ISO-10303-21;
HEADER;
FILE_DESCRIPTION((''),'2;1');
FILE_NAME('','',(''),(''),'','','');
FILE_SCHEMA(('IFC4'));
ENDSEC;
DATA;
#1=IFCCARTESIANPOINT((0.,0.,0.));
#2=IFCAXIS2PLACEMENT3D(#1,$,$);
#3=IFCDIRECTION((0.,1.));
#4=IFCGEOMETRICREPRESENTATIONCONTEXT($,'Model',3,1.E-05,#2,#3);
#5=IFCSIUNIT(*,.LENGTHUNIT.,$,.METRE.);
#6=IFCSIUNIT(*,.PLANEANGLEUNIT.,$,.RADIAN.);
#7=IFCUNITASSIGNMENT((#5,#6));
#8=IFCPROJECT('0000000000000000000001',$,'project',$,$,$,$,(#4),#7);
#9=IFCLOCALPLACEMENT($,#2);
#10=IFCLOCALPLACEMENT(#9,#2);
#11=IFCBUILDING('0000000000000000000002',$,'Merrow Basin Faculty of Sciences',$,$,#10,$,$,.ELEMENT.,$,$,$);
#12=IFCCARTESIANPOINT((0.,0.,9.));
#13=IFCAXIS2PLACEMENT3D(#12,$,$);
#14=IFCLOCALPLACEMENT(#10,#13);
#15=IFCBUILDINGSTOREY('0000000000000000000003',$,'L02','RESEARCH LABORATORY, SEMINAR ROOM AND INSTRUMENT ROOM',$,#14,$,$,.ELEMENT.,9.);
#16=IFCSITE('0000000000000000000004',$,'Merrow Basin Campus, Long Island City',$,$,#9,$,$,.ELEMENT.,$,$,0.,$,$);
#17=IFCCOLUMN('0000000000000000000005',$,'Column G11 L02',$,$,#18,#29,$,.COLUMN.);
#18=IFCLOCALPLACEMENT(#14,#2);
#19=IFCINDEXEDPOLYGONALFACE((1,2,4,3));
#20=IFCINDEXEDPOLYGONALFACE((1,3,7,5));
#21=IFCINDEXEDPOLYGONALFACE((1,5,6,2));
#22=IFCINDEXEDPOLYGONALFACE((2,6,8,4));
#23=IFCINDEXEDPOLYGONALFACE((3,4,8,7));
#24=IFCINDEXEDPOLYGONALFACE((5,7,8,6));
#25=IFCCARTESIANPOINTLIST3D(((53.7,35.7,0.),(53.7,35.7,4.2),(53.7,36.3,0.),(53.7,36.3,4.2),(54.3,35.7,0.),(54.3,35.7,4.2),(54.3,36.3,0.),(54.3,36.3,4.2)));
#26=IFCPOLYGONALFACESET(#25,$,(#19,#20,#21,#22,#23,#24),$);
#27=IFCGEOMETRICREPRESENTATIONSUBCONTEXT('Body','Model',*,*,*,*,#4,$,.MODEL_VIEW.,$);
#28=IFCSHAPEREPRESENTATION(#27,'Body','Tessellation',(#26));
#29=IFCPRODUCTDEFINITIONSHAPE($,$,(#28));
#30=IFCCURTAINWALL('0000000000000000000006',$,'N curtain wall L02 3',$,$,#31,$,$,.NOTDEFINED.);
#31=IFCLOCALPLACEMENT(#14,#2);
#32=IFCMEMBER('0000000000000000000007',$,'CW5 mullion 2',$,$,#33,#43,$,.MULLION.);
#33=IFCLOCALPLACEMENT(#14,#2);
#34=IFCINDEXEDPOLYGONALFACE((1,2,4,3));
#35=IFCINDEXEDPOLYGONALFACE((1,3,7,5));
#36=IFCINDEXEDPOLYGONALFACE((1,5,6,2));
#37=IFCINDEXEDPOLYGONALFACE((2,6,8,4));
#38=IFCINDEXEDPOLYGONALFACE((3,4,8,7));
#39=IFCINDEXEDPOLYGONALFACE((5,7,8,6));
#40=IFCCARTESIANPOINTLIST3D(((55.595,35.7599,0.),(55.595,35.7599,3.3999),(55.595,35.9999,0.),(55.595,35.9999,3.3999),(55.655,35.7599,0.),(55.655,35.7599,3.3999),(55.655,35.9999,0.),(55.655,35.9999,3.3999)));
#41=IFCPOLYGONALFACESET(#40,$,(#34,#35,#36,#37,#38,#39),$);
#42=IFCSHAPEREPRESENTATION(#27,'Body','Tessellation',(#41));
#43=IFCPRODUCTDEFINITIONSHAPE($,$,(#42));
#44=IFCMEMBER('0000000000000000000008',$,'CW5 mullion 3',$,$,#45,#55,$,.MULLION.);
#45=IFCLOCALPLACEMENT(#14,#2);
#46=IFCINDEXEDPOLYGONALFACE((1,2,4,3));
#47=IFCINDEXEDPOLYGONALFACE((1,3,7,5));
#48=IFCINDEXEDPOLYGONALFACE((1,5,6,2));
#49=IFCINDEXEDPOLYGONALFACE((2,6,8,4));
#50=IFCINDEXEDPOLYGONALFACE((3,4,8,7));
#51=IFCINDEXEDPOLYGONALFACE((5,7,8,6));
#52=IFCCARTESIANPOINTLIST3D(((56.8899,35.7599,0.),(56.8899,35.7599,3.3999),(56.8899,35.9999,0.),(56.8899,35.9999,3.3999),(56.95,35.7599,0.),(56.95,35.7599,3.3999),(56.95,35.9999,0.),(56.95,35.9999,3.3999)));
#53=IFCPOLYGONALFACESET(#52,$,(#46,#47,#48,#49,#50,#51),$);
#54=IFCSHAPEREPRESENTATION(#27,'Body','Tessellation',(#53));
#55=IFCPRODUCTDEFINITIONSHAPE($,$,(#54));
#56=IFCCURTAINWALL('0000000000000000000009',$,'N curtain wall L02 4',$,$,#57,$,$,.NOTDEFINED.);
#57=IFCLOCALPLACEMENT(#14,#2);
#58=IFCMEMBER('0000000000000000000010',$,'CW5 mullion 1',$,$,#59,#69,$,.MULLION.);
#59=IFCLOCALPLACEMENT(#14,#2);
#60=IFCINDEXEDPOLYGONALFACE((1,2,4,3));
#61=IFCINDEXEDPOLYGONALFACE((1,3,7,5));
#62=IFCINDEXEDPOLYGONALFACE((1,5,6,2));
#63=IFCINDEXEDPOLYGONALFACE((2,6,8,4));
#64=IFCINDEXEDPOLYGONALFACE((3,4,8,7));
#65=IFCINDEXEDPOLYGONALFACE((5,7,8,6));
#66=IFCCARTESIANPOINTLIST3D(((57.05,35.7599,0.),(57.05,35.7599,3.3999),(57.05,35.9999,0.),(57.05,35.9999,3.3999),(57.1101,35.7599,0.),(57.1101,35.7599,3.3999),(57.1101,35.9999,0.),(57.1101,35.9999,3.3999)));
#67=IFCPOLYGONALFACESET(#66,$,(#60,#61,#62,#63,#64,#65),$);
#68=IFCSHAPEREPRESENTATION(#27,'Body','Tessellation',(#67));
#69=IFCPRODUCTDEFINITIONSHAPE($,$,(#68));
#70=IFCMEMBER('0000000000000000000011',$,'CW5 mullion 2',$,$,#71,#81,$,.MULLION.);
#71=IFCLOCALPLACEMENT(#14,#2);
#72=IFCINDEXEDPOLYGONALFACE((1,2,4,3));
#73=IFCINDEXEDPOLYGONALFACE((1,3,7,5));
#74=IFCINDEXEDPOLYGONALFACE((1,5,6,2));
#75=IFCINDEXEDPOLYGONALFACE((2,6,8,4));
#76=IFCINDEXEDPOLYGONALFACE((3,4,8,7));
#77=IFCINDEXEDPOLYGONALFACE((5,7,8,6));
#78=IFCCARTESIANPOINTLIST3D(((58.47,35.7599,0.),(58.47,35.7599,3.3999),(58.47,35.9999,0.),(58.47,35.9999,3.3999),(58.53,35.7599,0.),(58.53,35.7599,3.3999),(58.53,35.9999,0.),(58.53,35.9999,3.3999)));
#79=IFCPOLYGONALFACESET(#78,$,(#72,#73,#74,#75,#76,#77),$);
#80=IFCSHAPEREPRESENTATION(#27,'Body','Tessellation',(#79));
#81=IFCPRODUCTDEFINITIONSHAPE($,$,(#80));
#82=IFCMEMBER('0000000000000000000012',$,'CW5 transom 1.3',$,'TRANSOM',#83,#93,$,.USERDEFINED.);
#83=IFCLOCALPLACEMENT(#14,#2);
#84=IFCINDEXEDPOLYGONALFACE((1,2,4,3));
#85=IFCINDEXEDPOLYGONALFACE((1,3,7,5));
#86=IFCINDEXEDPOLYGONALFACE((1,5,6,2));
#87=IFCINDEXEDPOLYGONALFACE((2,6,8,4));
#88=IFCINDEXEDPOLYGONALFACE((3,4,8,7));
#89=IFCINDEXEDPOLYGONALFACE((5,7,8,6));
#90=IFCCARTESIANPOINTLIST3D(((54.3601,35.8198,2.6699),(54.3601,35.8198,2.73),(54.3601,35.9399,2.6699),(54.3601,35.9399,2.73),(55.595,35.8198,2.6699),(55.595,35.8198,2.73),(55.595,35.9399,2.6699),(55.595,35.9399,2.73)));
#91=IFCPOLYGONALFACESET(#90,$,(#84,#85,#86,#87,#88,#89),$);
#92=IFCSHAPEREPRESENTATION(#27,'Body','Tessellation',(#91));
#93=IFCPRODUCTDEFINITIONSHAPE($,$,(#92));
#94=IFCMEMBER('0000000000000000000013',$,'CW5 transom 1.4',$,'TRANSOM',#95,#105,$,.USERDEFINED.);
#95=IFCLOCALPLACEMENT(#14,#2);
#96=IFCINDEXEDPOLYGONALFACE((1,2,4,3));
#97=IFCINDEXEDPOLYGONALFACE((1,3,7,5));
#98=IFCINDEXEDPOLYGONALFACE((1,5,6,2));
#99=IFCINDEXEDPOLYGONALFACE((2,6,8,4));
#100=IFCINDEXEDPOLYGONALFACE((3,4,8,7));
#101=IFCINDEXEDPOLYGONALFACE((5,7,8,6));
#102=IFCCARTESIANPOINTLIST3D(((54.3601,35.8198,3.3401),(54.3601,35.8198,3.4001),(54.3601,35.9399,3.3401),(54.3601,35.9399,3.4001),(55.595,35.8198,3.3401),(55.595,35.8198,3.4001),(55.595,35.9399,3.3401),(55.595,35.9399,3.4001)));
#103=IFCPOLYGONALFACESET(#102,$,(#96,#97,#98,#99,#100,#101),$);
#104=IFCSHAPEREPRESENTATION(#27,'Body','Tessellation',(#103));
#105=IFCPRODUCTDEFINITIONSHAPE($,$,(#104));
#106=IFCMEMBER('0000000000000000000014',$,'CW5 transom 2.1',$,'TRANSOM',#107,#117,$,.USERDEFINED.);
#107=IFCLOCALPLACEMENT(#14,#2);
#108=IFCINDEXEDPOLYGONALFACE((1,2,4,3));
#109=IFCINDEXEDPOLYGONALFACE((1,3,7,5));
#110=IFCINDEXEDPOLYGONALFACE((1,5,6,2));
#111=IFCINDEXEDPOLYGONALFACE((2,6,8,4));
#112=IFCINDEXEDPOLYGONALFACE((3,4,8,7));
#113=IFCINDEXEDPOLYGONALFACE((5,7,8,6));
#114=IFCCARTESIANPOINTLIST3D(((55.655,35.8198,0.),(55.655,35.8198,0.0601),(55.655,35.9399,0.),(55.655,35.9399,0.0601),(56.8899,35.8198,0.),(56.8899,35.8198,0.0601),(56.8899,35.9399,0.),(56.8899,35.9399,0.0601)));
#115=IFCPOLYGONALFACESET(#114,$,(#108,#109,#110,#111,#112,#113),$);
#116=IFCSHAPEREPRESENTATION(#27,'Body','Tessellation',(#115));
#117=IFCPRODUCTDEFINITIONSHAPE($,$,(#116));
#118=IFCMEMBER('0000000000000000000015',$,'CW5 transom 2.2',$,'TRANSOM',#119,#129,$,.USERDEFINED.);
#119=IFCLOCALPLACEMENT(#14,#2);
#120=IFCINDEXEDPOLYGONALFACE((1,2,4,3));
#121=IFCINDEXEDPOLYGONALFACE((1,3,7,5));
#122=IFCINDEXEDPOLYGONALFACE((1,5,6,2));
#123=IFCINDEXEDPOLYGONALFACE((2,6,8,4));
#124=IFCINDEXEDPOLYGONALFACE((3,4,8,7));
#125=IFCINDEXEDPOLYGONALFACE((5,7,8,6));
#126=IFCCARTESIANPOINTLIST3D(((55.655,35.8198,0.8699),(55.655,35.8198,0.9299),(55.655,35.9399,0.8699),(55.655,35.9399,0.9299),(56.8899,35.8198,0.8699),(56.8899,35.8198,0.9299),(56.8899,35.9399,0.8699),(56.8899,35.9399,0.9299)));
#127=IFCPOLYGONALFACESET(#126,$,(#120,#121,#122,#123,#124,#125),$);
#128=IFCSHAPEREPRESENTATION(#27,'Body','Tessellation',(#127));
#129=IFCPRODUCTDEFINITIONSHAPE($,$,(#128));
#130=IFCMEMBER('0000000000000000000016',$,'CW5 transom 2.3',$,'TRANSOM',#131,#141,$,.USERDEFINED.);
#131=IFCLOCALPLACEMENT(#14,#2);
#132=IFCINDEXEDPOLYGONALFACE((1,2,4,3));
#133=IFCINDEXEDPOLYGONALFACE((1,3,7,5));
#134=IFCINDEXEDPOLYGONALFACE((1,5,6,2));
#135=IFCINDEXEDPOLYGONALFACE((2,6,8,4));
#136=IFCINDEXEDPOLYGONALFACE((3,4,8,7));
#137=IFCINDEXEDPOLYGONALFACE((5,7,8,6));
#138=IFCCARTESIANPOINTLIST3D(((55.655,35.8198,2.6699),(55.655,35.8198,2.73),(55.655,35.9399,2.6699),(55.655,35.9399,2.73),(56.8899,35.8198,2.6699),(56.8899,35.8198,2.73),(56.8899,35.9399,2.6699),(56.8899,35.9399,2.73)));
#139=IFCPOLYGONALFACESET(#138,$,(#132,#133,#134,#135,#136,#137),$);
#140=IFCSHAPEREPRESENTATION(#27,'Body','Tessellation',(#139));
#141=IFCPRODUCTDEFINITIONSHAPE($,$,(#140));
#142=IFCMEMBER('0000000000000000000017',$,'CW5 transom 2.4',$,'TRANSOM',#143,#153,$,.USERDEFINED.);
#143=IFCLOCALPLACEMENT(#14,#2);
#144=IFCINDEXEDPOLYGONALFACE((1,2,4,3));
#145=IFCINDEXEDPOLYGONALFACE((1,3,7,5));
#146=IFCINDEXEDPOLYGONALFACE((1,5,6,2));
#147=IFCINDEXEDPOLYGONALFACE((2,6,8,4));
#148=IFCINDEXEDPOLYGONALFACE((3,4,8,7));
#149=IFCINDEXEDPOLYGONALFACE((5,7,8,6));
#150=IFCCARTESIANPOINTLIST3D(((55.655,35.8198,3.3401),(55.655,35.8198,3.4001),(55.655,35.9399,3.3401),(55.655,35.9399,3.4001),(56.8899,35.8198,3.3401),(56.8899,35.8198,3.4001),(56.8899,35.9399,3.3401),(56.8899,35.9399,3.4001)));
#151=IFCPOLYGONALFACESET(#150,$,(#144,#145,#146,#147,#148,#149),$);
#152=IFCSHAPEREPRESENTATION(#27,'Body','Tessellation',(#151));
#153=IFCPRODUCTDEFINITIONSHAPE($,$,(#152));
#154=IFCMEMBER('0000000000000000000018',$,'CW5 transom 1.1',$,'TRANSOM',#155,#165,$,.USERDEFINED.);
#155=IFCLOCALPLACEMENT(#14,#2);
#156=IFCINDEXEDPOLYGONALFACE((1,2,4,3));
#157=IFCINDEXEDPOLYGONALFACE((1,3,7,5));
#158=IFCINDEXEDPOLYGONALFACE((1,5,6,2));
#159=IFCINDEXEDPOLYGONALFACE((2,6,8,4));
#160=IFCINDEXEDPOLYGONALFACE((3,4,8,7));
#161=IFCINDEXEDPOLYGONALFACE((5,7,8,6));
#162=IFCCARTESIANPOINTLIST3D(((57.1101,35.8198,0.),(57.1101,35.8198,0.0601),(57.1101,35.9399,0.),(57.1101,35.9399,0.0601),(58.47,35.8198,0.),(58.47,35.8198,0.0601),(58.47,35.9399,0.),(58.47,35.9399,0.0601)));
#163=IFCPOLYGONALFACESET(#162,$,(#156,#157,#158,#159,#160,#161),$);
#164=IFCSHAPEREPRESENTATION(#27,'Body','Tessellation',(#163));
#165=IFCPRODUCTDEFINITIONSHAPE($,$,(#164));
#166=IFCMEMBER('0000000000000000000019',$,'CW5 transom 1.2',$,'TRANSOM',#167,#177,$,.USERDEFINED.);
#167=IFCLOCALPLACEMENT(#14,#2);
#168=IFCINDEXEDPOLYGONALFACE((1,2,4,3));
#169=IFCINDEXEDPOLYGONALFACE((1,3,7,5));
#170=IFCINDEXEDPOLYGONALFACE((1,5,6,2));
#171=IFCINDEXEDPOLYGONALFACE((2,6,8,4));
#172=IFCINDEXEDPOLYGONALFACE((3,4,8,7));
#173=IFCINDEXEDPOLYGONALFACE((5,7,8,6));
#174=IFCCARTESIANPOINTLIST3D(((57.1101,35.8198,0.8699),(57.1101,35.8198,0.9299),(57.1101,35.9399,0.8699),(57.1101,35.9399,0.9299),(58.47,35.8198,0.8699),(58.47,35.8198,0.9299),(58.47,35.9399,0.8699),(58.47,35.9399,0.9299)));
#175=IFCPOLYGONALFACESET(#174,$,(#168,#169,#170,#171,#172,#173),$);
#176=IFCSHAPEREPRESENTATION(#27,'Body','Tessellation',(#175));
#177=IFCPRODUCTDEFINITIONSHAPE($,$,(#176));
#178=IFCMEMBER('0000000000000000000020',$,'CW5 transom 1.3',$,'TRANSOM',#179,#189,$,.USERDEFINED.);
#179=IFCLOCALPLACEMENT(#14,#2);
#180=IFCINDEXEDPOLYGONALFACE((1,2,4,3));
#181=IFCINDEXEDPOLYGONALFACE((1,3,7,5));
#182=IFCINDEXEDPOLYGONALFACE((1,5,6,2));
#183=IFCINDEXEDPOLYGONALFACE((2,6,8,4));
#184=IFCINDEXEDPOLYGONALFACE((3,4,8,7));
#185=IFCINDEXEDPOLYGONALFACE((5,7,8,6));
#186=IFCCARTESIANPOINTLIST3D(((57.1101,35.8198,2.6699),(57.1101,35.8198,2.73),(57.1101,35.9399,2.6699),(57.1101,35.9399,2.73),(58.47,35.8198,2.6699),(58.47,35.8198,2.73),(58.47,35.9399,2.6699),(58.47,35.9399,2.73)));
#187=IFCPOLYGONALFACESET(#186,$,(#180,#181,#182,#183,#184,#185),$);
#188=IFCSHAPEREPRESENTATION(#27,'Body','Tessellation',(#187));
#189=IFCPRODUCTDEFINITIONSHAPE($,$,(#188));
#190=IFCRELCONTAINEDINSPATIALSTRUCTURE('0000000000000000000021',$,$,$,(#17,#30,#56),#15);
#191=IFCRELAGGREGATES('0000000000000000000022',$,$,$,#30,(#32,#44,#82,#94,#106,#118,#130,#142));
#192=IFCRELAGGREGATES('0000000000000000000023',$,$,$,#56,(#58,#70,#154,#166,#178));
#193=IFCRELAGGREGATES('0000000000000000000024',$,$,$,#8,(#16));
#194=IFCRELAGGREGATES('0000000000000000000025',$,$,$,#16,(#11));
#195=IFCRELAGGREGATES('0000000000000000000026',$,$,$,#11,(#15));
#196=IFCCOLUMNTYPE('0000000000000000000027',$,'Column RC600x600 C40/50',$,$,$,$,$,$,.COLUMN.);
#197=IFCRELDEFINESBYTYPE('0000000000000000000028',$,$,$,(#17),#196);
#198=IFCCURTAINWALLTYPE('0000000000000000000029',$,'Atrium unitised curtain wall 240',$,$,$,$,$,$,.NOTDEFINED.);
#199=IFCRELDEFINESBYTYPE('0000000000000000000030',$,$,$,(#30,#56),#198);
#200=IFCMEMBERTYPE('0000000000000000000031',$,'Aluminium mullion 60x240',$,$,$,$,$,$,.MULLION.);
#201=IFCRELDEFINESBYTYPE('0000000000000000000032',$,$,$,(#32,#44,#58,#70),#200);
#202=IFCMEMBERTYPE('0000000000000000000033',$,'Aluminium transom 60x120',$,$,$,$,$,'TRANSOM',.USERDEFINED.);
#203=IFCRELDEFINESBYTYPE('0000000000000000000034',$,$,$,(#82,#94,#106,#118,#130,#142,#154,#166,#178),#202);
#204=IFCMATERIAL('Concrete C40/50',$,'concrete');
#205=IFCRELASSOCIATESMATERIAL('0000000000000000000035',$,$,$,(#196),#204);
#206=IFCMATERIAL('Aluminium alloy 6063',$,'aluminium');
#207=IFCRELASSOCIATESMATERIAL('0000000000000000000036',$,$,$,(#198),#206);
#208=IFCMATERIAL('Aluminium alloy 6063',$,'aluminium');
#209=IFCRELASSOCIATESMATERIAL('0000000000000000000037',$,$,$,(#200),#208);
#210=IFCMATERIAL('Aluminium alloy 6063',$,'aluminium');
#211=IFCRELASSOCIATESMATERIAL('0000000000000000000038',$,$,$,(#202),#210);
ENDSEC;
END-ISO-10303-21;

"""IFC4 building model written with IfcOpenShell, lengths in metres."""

from ifc_helpers import new_model, si_unit, direction, frame, origin, origin_2d, place, context, subcontext, project, spatial, rectangle, extrude, material, material_profile, profile_set, type_object, element, aggregate, save


model = new_model("IFC4")

# Units and contexts
model_context = context("Model", 3, precision=1e-05, world=origin(), true_north=direction((0.0, 1.0)))
body_context = subcontext(model_context, "Body", "Model", "MODEL_VIEW")
ifc_project = project(units=[si_unit("LENGTHUNIT", "METRE"), si_unit("PLANEANGLEUNIT", "RADIAN")], contexts=[model_context])

# Site, building, storey
site_placement = place(None, origin())
site = spatial("IfcSite", under=ifc_project, at=site_placement, Name="Merrow Basin Campus, Long Island City", CompositionType="ELEMENT", RefElevation=0.0)
building_placement = place(site_placement, origin())
building = spatial("IfcBuilding", under=site, at=building_placement, Name="Merrow Basin Faculty of Sciences", CompositionType="ELEMENT")
storey_placement = place(building_placement, frame((0.0, 0.0, 9.0)))
storey = spatial("IfcBuildingStorey", under=building, at=storey_placement, Name="L02", Description="RESEARCH LABORATORY, SEMINAR ROOM AND INSTRUMENT ROOM", CompositionType="ELEMENT", Elevation=9.0)

# Column
ifc_material_1 = material(Name="Concrete C40/50", Category="concrete")
ifc_material_profile_1 = material_profile(ifc_material_1, rectangle(XDim=0.6001, YDim=0.6001, at=origin_2d()))
ifc_profile_set_1 = profile_set([ifc_material_profile_1], Name="Concrete C40/50")
column_type = type_object("IfcColumnType", Name="Column RC600x600 C40/50", PredefinedType="COLUMN", material=ifc_profile_set_1)
column_placement = place(storey_placement, frame((54.0, 36.0, 0.0), z_axis=(0.0, 0.0, 1.0), x_axis=(1.0, 0.0, 0.0)))
element("IfcColumn", 1, at=column_placement, inside=storey, type_object=column_type, Name="Column G11 L02", PredefinedType="COLUMN", context=body_context, shape_type="SweptSolid", body=[
    extrude(rectangle(XDim=0.6001, YDim=0.6001, at=origin_2d()), origin(), (0.0, 0.0, 1.0), 4.2),
])

# Curtain walls, members
ifc_material_2 = material(Name="Aluminium alloy 6063", Category="aluminium")
curtain_wall_type = type_object("IfcCurtainWallType", Name="Atrium unitised curtain wall 240", PredefinedType="NOTDEFINED", material=ifc_material_2)
curtain_wall_1_placement = place(storey_placement, origin())
curtain_wall_1 = element("IfcCurtainWall", 2, at=curtain_wall_1_placement, inside=storey, type_object=curtain_wall_type, Name="N curtain wall L02 3", PredefinedType="NOTDEFINED")
ifc_material_3 = material(Name="Aluminium alloy 6063", Category="aluminium")
ifc_material_profile_2 = material_profile(ifc_material_3, rectangle(XDim=0.24, YDim=0.0601, at=origin_2d()))
ifc_profile_set_2 = profile_set([ifc_material_profile_2], Name="Aluminium alloy 6063")
member_type_1 = type_object("IfcMemberType", Name="Aluminium mullion 60x240", PredefinedType="MULLION", material=ifc_profile_set_2)
member_1_placement = place(storey_placement, frame((55.625, 35.8799, 0.0), z_axis=(0.0, 0.0, 1.0), x_axis=(0.0, 1.0, 0.0)))
member_1 = element("IfcMember", 3, at=member_1_placement, type_object=member_type_1, Name="CW5 mullion 2", PredefinedType="MULLION", context=body_context, shape_type="SweptSolid", body=[
    extrude(rectangle(XDim=0.24, YDim=0.0601, at=origin_2d()), origin(), (0.0, 0.0, 1.0), 3.3999),
])
member_2_placement = place(storey_placement, frame((56.9199, 35.8799, 0.0), z_axis=(0.0, 0.0, 1.0), x_axis=(0.0, 1.0, 0.0)))
member_2 = element("IfcMember", 4, at=member_2_placement, type_object=member_type_1, Name="CW5 mullion 3", PredefinedType="MULLION", context=body_context, shape_type="SweptSolid", body=[
    extrude(rectangle(XDim=0.24, YDim=0.0601, at=origin_2d()), origin(), (0.0, 0.0, 1.0), 3.3999),
])
curtain_wall_2_placement = place(storey_placement, origin())
curtain_wall_2 = element("IfcCurtainWall", 5, at=curtain_wall_2_placement, inside=storey, type_object=curtain_wall_type, Name="N curtain wall L02 4", PredefinedType="NOTDEFINED")
member_3_placement = place(storey_placement, frame((57.0801, 35.8799, 0.0), z_axis=(0.0, 0.0, 1.0), x_axis=(0.0, 1.0, 0.0)))
member_3 = element("IfcMember", 6, at=member_3_placement, type_object=member_type_1, Name="CW5 mullion 1", PredefinedType="MULLION", context=body_context, shape_type="SweptSolid", body=[
    extrude(rectangle(XDim=0.24, YDim=0.0601, at=origin_2d()), origin(), (0.0, 0.0, 1.0), 3.3999),
])
member_4_placement = place(storey_placement, frame((58.5, 35.8799, 0.0), z_axis=(0.0, 0.0, 1.0), x_axis=(0.0, 1.0, 0.0)))
member_4 = element("IfcMember", 7, at=member_4_placement, type_object=member_type_1, Name="CW5 mullion 2", PredefinedType="MULLION", context=body_context, shape_type="SweptSolid", body=[
    extrude(rectangle(XDim=0.24, YDim=0.0601, at=origin_2d()), origin(), (0.0, 0.0, 1.0), 3.3999),
])

# Members
ifc_material_4 = material(Name="Aluminium alloy 6063", Category="aluminium")
ifc_material_profile_3 = material_profile(ifc_material_4, rectangle(XDim=0.1201, YDim=0.0601, at=origin_2d()))
ifc_profile_set_3 = profile_set([ifc_material_profile_3], Name="Aluminium alloy 6063")
member_type_2 = type_object("IfcMemberType", Name="Aluminium transom 60x120", ElementType="TRANSOM", PredefinedType="USERDEFINED", material=ifc_profile_set_3)
member_5_placement = place(storey_placement, frame((54.3601, 35.8799, 2.7), z_axis=(1.0, 0.0, 0.0), x_axis=(0.0, 1.0, 0.0)))
member_5 = element("IfcMember", 8, at=member_5_placement, type_object=member_type_2, Name="CW5 transom 1.3", ObjectType="TRANSOM", PredefinedType="USERDEFINED", context=body_context, shape_type="SweptSolid", body=[
    extrude(rectangle(XDim=0.1201, YDim=0.0601, at=origin_2d()), origin(), (0.0, 0.0, 1.0), 1.2349),
])
member_6_placement = place(storey_placement, frame((54.3601, 35.8799, 3.3701), z_axis=(1.0, 0.0, 0.0), x_axis=(0.0, 1.0, 0.0)))
member_6 = element("IfcMember", 9, at=member_6_placement, type_object=member_type_2, Name="CW5 transom 1.4", ObjectType="TRANSOM", PredefinedType="USERDEFINED", context=body_context, shape_type="SweptSolid", body=[
    extrude(rectangle(XDim=0.1201, YDim=0.0601, at=origin_2d()), origin(), (0.0, 0.0, 1.0), 1.2349),
])
member_7_placement = place(storey_placement, frame((55.655, 35.8799, 0.03), z_axis=(1.0, 0.0, 0.0), x_axis=(0.0, 1.0, 0.0)))
member_7 = element("IfcMember", 10, at=member_7_placement, type_object=member_type_2, Name="CW5 transom 2.1", ObjectType="TRANSOM", PredefinedType="USERDEFINED", context=body_context, shape_type="SweptSolid", body=[
    extrude(rectangle(XDim=0.1201, YDim=0.0601, at=origin_2d()), origin(), (0.0, 0.0, 1.0), 1.2349),
])
member_8_placement = place(storey_placement, frame((55.655, 35.8799, 0.8999), z_axis=(1.0, 0.0, 0.0), x_axis=(0.0, 1.0, 0.0)))
member_8 = element("IfcMember", 11, at=member_8_placement, type_object=member_type_2, Name="CW5 transom 2.2", ObjectType="TRANSOM", PredefinedType="USERDEFINED", context=body_context, shape_type="SweptSolid", body=[
    extrude(rectangle(XDim=0.1201, YDim=0.0601, at=origin_2d()), origin(), (0.0, 0.0, 1.0), 1.2349),
])
member_9_placement = place(storey_placement, frame((55.655, 35.8799, 2.7), z_axis=(1.0, 0.0, 0.0), x_axis=(0.0, 1.0, 0.0)))
member_9 = element("IfcMember", 12, at=member_9_placement, type_object=member_type_2, Name="CW5 transom 2.3", ObjectType="TRANSOM", PredefinedType="USERDEFINED", context=body_context, shape_type="SweptSolid", body=[
    extrude(rectangle(XDim=0.1201, YDim=0.0601, at=origin_2d()), origin(), (0.0, 0.0, 1.0), 1.2349),
])
member_10_placement = place(storey_placement, frame((55.655, 35.8799, 3.3701), z_axis=(1.0, 0.0, 0.0), x_axis=(0.0, 1.0, 0.0)))
member_10 = element("IfcMember", 13, at=member_10_placement, type_object=member_type_2, Name="CW5 transom 2.4", ObjectType="TRANSOM", PredefinedType="USERDEFINED", context=body_context, shape_type="SweptSolid", body=[
    extrude(rectangle(XDim=0.1201, YDim=0.0601, at=origin_2d()), origin(), (0.0, 0.0, 1.0), 1.2349),
])
member_11_placement = place(storey_placement, frame((57.1101, 35.8799, 0.03), z_axis=(1.0, 0.0, 0.0), x_axis=(0.0, 1.0, 0.0)))
member_11 = element("IfcMember", 14, at=member_11_placement, type_object=member_type_2, Name="CW5 transom 1.1", ObjectType="TRANSOM", PredefinedType="USERDEFINED", context=body_context, shape_type="SweptSolid", body=[
    extrude(rectangle(XDim=0.1201, YDim=0.0601, at=origin_2d()), origin(), (0.0, 0.0, 1.0), 1.3599),
])
member_12_placement = place(storey_placement, frame((57.1101, 35.8799, 0.8999), z_axis=(1.0, 0.0, 0.0), x_axis=(0.0, 1.0, 0.0)))
member_12 = element("IfcMember", 15, at=member_12_placement, type_object=member_type_2, Name="CW5 transom 1.2", ObjectType="TRANSOM", PredefinedType="USERDEFINED", context=body_context, shape_type="SweptSolid", body=[
    extrude(rectangle(XDim=0.1201, YDim=0.0601, at=origin_2d()), origin(), (0.0, 0.0, 1.0), 1.3599),
])
member_13_placement = place(storey_placement, frame((57.1101, 35.8799, 2.7), z_axis=(1.0, 0.0, 0.0), x_axis=(0.0, 1.0, 0.0)))
member_13 = element("IfcMember", 16, at=member_13_placement, type_object=member_type_2, Name="CW5 transom 1.3", ObjectType="TRANSOM", PredefinedType="USERDEFINED", context=body_context, shape_type="SweptSolid", body=[
    extrude(rectangle(XDim=0.1201, YDim=0.0601, at=origin_2d()), origin(), (0.0, 0.0, 1.0), 1.3599),
])

aggregate(curtain_wall_1, [member_1, member_2, member_5, member_6, member_7, member_8, member_9, member_10])
aggregate(curtain_wall_2, [member_3, member_4, member_11, member_12, member_13])

save(model, "model.ifc")
